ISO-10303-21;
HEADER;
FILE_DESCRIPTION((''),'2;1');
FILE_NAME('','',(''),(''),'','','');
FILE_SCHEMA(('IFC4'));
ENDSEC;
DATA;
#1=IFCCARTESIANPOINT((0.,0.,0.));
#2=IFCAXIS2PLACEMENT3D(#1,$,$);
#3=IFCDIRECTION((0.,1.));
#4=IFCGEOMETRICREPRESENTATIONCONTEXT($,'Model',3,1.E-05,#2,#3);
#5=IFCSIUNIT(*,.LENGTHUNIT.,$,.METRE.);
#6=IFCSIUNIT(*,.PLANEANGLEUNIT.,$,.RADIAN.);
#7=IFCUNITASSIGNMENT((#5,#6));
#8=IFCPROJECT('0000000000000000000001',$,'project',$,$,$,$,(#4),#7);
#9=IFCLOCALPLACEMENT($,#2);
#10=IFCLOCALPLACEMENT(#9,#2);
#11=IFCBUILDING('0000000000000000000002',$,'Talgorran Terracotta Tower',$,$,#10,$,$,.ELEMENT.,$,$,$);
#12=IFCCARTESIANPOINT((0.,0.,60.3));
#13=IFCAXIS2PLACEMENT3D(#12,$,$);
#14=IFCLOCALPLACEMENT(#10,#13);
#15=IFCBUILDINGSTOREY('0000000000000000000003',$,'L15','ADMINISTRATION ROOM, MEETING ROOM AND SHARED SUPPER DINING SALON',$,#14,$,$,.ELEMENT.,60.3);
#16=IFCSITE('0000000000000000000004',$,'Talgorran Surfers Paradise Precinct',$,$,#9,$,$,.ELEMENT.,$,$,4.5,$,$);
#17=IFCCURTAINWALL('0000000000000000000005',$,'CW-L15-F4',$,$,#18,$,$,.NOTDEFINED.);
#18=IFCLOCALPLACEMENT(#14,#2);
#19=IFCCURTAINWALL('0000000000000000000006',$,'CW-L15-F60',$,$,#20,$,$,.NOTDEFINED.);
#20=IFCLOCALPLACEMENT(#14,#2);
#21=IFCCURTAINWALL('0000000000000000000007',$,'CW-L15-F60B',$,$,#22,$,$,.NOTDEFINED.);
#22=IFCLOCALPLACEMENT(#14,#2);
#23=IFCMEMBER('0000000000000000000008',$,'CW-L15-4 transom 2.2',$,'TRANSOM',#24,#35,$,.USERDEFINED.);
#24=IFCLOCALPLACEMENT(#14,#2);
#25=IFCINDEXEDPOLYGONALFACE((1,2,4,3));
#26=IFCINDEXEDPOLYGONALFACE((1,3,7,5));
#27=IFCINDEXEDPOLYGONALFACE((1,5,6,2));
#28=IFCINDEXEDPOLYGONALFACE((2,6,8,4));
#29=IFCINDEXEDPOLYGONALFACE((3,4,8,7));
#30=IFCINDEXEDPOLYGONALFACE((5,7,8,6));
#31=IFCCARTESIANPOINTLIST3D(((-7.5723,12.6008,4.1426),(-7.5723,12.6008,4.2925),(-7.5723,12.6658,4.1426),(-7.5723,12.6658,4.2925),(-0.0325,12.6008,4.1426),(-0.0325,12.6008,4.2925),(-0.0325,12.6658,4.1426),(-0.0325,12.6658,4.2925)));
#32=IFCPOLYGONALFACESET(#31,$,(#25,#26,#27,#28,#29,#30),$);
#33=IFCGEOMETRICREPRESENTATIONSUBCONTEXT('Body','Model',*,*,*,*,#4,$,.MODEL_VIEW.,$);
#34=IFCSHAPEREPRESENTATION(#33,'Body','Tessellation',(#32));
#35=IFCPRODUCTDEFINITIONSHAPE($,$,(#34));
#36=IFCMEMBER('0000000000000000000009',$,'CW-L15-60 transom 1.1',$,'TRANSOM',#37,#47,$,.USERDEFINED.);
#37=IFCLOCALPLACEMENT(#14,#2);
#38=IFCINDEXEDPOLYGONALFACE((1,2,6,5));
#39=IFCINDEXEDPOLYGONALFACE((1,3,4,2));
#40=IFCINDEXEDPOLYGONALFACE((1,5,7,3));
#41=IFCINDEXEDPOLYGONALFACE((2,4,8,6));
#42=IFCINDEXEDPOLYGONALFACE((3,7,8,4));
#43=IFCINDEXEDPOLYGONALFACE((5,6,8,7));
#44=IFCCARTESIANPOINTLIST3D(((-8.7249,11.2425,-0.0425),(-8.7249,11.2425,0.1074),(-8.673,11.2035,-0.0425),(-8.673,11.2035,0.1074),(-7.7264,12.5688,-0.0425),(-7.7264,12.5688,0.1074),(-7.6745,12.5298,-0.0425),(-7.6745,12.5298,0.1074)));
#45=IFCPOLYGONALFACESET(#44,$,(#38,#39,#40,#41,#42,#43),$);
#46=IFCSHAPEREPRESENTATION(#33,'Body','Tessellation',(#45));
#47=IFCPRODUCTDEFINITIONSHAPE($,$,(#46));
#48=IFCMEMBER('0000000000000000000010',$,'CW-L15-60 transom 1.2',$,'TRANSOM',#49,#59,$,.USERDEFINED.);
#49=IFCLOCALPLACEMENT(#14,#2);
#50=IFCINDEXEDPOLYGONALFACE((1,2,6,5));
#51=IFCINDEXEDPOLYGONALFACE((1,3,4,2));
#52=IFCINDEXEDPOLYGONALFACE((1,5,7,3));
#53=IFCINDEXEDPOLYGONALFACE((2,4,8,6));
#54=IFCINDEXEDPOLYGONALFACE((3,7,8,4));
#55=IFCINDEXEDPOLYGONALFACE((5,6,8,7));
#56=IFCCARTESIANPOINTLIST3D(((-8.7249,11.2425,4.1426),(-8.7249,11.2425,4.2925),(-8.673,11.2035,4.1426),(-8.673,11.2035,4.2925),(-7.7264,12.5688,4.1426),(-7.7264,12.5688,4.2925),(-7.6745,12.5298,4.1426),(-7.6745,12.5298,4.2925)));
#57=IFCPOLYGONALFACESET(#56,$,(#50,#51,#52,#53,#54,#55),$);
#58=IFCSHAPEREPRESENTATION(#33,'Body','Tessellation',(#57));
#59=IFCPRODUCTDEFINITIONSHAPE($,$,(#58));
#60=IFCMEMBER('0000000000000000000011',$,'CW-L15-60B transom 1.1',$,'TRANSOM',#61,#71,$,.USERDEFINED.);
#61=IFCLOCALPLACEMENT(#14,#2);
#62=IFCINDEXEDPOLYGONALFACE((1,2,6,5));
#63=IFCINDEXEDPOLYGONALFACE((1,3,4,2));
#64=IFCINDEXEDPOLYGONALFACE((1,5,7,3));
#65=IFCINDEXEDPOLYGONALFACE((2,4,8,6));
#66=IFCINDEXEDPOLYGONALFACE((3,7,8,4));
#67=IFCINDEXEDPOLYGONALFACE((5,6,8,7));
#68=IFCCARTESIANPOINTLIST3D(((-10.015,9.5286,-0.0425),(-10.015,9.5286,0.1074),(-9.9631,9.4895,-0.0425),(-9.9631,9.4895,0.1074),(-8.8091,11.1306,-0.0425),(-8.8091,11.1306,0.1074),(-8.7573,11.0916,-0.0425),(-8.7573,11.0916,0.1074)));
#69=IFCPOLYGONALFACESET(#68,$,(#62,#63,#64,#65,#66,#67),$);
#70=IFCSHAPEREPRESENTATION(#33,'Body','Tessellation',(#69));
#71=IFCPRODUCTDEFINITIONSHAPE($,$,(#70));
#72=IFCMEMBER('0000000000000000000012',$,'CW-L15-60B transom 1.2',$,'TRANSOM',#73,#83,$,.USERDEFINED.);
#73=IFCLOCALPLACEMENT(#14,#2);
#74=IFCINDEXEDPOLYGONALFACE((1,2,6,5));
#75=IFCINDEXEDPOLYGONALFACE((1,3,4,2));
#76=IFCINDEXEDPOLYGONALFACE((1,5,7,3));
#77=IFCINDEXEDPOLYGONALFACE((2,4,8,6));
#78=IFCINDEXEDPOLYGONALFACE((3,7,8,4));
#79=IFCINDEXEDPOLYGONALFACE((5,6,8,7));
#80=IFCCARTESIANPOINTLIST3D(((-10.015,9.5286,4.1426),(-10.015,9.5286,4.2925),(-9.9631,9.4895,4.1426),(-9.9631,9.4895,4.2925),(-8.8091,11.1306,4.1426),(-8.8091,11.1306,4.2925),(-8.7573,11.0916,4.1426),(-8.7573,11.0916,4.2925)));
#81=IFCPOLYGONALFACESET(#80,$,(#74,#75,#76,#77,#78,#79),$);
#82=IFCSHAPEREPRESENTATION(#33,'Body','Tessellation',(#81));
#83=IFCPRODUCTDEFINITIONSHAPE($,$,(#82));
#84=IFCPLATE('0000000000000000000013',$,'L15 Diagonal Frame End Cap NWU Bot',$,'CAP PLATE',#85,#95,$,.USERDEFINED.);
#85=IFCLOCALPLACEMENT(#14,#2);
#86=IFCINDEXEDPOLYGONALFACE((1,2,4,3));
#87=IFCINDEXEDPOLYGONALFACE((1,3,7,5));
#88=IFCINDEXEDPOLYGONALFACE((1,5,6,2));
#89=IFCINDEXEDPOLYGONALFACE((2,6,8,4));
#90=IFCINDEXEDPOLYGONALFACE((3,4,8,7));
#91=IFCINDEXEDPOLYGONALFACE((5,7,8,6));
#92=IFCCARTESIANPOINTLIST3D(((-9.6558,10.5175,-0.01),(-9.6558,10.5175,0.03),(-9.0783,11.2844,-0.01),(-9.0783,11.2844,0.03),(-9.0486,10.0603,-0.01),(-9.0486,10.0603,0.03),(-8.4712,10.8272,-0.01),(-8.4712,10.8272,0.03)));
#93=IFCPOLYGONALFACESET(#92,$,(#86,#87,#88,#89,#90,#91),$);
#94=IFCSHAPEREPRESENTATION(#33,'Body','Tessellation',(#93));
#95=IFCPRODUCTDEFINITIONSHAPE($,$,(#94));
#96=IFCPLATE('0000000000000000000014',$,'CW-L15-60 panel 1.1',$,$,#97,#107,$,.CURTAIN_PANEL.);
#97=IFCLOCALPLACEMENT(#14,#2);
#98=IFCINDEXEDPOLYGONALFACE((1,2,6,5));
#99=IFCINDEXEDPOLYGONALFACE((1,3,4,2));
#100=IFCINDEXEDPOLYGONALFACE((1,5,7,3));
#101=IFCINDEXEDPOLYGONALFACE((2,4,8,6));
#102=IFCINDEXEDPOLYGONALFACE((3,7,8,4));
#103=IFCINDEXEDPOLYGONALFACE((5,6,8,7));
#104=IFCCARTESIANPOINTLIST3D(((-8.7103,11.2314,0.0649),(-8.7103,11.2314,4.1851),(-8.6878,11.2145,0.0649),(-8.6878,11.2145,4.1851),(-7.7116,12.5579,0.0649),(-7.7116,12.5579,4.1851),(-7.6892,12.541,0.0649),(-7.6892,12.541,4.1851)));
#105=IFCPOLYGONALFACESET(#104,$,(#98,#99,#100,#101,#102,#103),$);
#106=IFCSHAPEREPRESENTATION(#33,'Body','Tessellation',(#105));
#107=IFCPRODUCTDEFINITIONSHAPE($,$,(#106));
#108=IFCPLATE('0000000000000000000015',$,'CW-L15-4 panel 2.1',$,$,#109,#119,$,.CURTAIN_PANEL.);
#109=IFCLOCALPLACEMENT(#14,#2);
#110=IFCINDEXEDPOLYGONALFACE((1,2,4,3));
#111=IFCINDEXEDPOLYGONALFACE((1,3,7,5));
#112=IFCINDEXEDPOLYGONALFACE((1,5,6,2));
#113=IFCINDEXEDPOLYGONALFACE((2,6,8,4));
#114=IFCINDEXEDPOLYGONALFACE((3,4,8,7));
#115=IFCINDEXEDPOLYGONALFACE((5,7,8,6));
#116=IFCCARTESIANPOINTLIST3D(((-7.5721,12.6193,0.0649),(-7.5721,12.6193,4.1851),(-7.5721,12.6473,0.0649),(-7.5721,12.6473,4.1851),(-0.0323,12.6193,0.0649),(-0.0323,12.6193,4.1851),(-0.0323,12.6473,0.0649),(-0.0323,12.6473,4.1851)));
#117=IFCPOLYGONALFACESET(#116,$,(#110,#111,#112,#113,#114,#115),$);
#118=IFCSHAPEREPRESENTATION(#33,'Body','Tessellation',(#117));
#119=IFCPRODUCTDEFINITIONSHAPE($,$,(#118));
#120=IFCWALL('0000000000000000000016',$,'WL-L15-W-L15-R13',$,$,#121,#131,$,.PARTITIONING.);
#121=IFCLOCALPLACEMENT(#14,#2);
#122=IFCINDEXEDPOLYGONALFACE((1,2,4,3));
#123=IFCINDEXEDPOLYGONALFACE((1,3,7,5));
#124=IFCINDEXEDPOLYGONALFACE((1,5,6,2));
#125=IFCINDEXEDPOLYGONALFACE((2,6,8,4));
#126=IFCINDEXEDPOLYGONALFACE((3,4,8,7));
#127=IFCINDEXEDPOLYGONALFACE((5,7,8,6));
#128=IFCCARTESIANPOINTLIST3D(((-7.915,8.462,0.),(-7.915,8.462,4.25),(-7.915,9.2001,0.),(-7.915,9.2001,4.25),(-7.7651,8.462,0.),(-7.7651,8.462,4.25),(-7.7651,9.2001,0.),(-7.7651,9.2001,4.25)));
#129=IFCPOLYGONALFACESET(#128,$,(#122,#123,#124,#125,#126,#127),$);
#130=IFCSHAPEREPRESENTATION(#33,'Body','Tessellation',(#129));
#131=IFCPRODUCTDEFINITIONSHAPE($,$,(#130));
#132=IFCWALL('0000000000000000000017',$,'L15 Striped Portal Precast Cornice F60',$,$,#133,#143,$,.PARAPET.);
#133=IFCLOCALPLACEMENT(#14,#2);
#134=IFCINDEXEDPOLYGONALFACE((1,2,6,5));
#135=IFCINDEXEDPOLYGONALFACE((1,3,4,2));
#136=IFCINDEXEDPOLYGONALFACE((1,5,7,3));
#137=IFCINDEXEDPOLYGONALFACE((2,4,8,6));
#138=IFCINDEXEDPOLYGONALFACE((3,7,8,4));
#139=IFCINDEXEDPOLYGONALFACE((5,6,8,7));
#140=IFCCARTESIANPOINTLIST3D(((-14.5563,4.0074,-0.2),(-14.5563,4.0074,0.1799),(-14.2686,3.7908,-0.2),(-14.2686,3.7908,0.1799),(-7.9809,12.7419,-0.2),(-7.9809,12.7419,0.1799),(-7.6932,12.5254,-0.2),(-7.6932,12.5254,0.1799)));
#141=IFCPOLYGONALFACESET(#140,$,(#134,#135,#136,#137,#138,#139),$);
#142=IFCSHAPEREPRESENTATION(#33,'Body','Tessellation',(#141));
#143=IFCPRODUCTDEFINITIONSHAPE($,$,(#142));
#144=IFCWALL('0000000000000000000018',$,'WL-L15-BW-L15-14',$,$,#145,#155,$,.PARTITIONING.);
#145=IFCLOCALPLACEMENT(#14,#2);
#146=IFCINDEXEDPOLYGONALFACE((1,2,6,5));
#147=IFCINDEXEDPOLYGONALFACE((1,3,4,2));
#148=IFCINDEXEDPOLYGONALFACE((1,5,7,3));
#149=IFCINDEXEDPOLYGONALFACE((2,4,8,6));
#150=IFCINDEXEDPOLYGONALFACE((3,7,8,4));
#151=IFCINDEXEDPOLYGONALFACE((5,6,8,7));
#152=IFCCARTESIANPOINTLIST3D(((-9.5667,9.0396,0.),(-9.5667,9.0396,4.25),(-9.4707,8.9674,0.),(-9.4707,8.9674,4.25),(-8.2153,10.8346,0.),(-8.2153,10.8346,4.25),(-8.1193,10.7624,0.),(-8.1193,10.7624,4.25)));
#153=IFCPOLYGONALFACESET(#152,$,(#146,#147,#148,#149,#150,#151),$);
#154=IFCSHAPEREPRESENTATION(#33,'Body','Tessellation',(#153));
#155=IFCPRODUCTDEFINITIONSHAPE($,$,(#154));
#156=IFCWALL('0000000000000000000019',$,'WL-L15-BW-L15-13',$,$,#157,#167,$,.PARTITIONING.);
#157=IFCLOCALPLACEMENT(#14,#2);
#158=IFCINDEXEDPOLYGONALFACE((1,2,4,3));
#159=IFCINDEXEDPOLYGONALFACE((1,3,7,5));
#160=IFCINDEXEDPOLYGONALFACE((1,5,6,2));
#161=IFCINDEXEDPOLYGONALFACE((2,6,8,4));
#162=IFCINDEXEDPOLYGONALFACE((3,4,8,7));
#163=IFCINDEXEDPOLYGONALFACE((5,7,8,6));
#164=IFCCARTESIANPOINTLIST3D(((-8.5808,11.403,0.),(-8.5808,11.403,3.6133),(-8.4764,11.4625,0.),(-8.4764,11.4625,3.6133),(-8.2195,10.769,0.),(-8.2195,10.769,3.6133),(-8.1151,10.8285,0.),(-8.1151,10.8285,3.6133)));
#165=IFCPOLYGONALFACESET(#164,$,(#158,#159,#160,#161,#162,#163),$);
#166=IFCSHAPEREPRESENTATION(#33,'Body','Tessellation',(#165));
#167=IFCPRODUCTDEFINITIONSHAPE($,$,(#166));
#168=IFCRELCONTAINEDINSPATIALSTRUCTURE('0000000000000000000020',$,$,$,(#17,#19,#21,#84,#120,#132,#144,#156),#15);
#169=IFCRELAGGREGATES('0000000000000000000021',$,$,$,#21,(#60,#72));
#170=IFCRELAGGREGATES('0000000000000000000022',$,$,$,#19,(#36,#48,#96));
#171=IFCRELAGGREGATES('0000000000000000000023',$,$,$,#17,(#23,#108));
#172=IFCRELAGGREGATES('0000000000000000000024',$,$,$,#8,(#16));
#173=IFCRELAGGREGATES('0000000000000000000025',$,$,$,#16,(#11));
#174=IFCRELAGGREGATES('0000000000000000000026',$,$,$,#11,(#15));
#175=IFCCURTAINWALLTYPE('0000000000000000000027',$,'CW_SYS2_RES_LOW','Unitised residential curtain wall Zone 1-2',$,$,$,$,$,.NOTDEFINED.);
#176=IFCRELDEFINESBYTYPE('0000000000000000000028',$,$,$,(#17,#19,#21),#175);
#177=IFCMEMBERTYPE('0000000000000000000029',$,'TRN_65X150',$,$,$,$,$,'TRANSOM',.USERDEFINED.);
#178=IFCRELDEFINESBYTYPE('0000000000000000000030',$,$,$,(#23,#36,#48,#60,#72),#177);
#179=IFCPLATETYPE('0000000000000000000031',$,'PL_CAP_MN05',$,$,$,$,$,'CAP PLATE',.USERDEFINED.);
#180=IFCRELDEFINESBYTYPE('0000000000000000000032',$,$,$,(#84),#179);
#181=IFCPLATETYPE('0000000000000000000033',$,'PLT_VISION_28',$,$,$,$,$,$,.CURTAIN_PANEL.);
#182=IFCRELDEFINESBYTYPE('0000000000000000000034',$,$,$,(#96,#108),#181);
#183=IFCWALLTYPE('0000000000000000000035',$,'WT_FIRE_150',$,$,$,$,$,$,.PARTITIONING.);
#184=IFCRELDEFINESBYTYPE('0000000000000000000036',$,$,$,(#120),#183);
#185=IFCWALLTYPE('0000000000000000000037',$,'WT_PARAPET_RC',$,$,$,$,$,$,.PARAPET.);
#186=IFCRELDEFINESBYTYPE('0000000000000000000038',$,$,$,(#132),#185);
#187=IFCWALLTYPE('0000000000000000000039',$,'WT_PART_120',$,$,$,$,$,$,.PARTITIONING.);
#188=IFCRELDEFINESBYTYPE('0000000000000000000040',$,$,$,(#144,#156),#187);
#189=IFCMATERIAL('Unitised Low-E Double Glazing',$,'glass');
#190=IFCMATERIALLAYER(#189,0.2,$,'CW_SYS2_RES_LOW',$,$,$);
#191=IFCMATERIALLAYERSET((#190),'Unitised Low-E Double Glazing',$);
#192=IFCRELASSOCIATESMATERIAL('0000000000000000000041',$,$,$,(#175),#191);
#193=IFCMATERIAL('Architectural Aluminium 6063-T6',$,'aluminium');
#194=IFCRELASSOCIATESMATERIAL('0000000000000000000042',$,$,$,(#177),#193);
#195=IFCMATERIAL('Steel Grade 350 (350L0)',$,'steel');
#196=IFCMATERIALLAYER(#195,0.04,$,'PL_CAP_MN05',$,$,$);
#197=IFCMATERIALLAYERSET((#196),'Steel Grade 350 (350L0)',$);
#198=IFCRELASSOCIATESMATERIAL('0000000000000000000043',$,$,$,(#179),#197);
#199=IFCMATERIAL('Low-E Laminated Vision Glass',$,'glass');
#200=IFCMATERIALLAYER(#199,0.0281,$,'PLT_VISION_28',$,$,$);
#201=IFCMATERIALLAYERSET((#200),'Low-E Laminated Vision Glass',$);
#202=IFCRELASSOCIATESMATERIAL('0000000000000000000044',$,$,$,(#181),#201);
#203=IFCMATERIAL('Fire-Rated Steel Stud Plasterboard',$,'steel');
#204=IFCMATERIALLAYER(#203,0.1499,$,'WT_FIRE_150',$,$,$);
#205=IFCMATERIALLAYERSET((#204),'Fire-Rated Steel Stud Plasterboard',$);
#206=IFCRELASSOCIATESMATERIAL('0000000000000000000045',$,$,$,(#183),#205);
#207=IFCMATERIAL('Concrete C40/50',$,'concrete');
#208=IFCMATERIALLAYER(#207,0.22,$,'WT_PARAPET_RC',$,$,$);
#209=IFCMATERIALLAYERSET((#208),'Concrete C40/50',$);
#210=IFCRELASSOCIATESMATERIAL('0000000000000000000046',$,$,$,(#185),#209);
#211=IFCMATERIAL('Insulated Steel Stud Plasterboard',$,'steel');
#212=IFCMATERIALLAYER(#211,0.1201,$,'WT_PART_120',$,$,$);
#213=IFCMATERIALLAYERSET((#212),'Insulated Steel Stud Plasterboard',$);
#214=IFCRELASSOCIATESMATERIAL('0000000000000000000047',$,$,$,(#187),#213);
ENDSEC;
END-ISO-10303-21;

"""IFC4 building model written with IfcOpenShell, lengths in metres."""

from ifc_helpers import new_model, si_unit, direction, frame, frame_2d, origin, origin_2d, place, context, subcontext, project, spatial, rectangle, extrude, source, transform, mapped, material, layer, layer_set, material_profile, profile_set, type_object, type_shapes, element, aggregate, save


model = new_model("IFC4")

# Units and contexts
model_context = context("Model", 3, precision=1e-05, world=origin(), true_north=direction((0.0, 1.0)))
body_context = subcontext(model_context, "Body", "Model", "MODEL_VIEW")
ifc_project = project(units=[si_unit("LENGTHUNIT", "METRE"), si_unit("PLANEANGLEUNIT", "RADIAN")], contexts=[model_context])

# Site, building, storey
site_placement = place(None, origin())
site = spatial("IfcSite", under=ifc_project, at=site_placement, Name="Talgorran Surfers Paradise Precinct", CompositionType="ELEMENT", RefElevation=4.5)
building_placement = place(site_placement, origin())
building = spatial("IfcBuilding", under=site, at=building_placement, Name="Talgorran Terracotta Tower", CompositionType="ELEMENT")
storey_placement = place(building_placement, frame((0.0, 0.0, 60.3)))
storey = spatial("IfcBuildingStorey", under=building, at=storey_placement, Name="L15", Description="ADMINISTRATION ROOM, MEETING ROOM AND SHARED SUPPER DINING SALON", CompositionType="ELEMENT", Elevation=60.3)

# Shared definitions
ifc_material_1 = material(Name="Steel Grade 350 (350L0)", Category="steel")

# Curtain wall
ifc_material_2 = material(Name="Unitised Low-E Double Glazing", Category="glass")
ifc_layer_1 = layer(ifc_material_2, 0.2, Name="CW_SYS2_RES_LOW")
ifc_layer_set_1 = layer_set([ifc_layer_1], Name="Unitised Low-E Double Glazing")
curtain_wall_type = type_object("IfcCurtainWallType", Name="CW_SYS2_RES_LOW", Description="Unitised residential curtain wall Zone 1-2", PredefinedType="NOTDEFINED", material=ifc_layer_set_1)
curtain_wall_1_placement = place(storey_placement, origin())
curtain_wall_1 = element("IfcCurtainWall", 1, at=curtain_wall_1_placement, inside=storey, type_object=curtain_wall_type, Name="CW-L15-F4", PredefinedType="NOTDEFINED")
ifc_material_3 = material(Name="Architectural Aluminium 6063-T6", Category="aluminium")

# Curtain wall
curtain_wall_2_placement = place(storey_placement, origin())
curtain_wall_2 = element("IfcCurtainWall", 2, at=curtain_wall_2_placement, inside=storey, type_object=curtain_wall_type, Name="CW-L15-F60", PredefinedType="NOTDEFINED")

# Curtain wall
curtain_wall_3_placement = place(storey_placement, origin())
curtain_wall_3 = element("IfcCurtainWall", 3, at=curtain_wall_3_placement, inside=storey, type_object=curtain_wall_type, Name="CW-L15-F60B", PredefinedType="NOTDEFINED")

# Members
ifc_material_profile_1 = material_profile(ifc_material_3, rectangle(XDim=0.0649, YDim=0.1499, at=origin_2d()), Name="CWT65X150")
ifc_profile_set_1 = profile_set([ifc_material_profile_1], Name="Architectural Aluminium 6063-T6")
member_type_1 = type_object("IfcMemberType", Name="TRN_65X150", ElementType="TRANSOM", PredefinedType="USERDEFINED", material=ifc_profile_set_1)
member_1_placement = place(storey_placement, frame((-0.0325, 12.6333, 4.2175), z_axis=(-1.0, 0.0, 0.0), x_axis=(0.0, -1.0, 0.0)))
member_1 = element("IfcMember", 4, at=member_1_placement, type_object=member_type_1, Name="CW-L15-4 transom 2.2", ObjectType="TRANSOM", PredefinedType="USERDEFINED", context=body_context, shape_type="SweptSolid", body=[
    extrude(rectangle(XDim=0.0649, YDim=0.1499, at=origin_2d()), origin(), (0.0, 0.0, 1.0), 7.5398),
])
member_2_placement = place(storey_placement, frame((-7.7004, 12.5493, 0.0325), z_axis=(-0.601434, -0.798922, 0.0), x_axis=(0.798922, -0.601434, 0.0)))
member_2 = element("IfcMember", 5, at=member_2_placement, type_object=member_type_1, Name="CW-L15-60 transom 1.1", ObjectType="TRANSOM", PredefinedType="USERDEFINED", context=body_context, shape_type="SweptSolid", body=[
    extrude(rectangle(XDim=0.0649, YDim=0.1499, at=origin_2d()), origin(), (0.0, 0.0, 1.0), 1.6602),
])
member_3_placement = place(storey_placement, frame((-7.7004, 12.5493, 4.2175), z_axis=(-0.601434, -0.798922, 0.0), x_axis=(0.798922, -0.601434, 0.0)))
member_3 = element("IfcMember", 6, at=member_3_placement, type_object=member_type_1, Name="CW-L15-60 transom 1.2", ObjectType="TRANSOM", PredefinedType="USERDEFINED", context=body_context, shape_type="SweptSolid", body=[
    extrude(rectangle(XDim=0.0649, YDim=0.1499, at=origin_2d()), origin(), (0.0, 0.0, 1.0), 1.6602),
])
member_4_placement = place(storey_placement, frame((-8.7832, 11.1111, 0.0325), z_axis=(-0.601363, -0.798976, 0.0), x_axis=(0.798976, -0.601363, 0.0)))
member_4 = element("IfcMember", 7, at=member_4_placement, type_object=member_type_1, Name="CW-L15-60B transom 1.1", ObjectType="TRANSOM", PredefinedType="USERDEFINED", context=body_context, shape_type="SweptSolid", body=[
    extrude(rectangle(XDim=0.0649, YDim=0.1499, at=origin_2d()), origin(), (0.0, 0.0, 1.0), 2.0051),
])
member_5_placement = place(storey_placement, frame((-8.7832, 11.1111, 4.2175), z_axis=(-0.601363, -0.798976, 0.0), x_axis=(0.798976, -0.601363, 0.0)))
member_5 = element("IfcMember", 8, at=member_5_placement, type_object=member_type_1, Name="CW-L15-60B transom 1.2", ObjectType="TRANSOM", PredefinedType="USERDEFINED", context=body_context, shape_type="SweptSolid", body=[
    extrude(rectangle(XDim=0.0649, YDim=0.1499, at=origin_2d()), origin(), (0.0, 0.0, 1.0), 2.0051),
])
aggregate(curtain_wall_3, [member_4, member_5])

# Plates
ifc_layer_2 = layer(ifc_material_1, 0.04, Name="PL_CAP_MN05")
ifc_layer_set_2 = layer_set([ifc_layer_2], Name="Steel Grade 350 (350L0)")
plate_type_1 = type_object("IfcPlateType", Name="PL_CAP_MN05", ElementType="CAP PLATE", PredefinedType="USERDEFINED", material=ifc_layer_set_2)
plate_1_placement = place(storey_placement, frame((-9.0635, 10.6724, -0.01), z_axis=(0.0, 0.0, 1.0), x_axis=(-0.601536, -0.798846, 0.0)))
element("IfcPlate", 9, at=plate_1_placement, inside=storey, type_object=plate_type_1, Name="L15 Diagonal Frame End Cap NWU Bot", ObjectType="CAP PLATE", PredefinedType="USERDEFINED", context=body_context, shape_type="SweptSolid", body=[
    extrude(rectangle(XDim=0.96, YDim=0.76, at=origin_2d()), origin(), (0.0, 0.0, 1.0), 0.04),
])
ifc_material_4 = material(Name="Low-E Laminated Vision Glass", Category="glass")
ifc_layer_3 = layer(ifc_material_4, 0.0281, Name="PLT_VISION_28")
ifc_layer_set_3 = layer_set([ifc_layer_3], Name="Low-E Laminated Vision Glass")
plate_type_2 = type_object("IfcPlateType", Name="PLT_VISION_28", PredefinedType="CURTAIN_PANEL", material=ifc_layer_set_3)
shared_shape_1 = source(origin(), body_context, "Body", "SweptSolid", [
    extrude(rectangle(XDim=1.6604, YDim=0.0281, at=origin_2d()), origin(), (0.0, 0.0, 1.0), 4.1201),
])
plate_2_placement = place(storey_placement, frame((-8.1997, 11.8862, 0.0649), z_axis=(0.0, 0.0, 1.0), x_axis=(-0.601456, -0.798906, 0.0)))
plate_2 = element("IfcPlate", 10, at=plate_2_placement, type_object=plate_type_2, Name="CW-L15-60 panel 1.1", PredefinedType="CURTAIN_PANEL", context=body_context, shape_type="MappedRepresentation", body=[
    mapped(shared_shape_1, transform((0.0, 0.0, 0.0), scale=1.0)),
])
aggregate(curtain_wall_2, [member_2, member_3, plate_2])
shared_shape_2 = source(origin(), body_context, "Body", "SweptSolid", [
    extrude(rectangle(XDim=7.5398, YDim=0.0281, at=origin_2d()), origin(), (0.0, 0.0, 1.0), 4.1201),
])
type_shapes(plate_type_2, [shared_shape_1, shared_shape_2])
plate_3_placement = place(storey_placement, frame((-3.8022, 12.6333, 0.0649), z_axis=(0.0, 0.0, 1.0), x_axis=(-1.0, 0.0, 0.0)))
plate_3 = element("IfcPlate", 11, at=plate_3_placement, type_object=plate_type_2, Name="CW-L15-4 panel 2.1", PredefinedType="CURTAIN_PANEL", context=body_context, shape_type="MappedRepresentation", body=[
    mapped(shared_shape_2, transform((0.0, 0.0, 0.0), scale=1.0)),
])
aggregate(curtain_wall_1, [member_1, plate_3])

# Walls
ifc_material_5 = material(Name="Fire-Rated Steel Stud Plasterboard", Category="steel")
ifc_layer_4 = layer(ifc_material_5, 0.1499, Name="WT_FIRE_150")
ifc_layer_set_4 = layer_set([ifc_layer_4], Name="Fire-Rated Steel Stud Plasterboard")
wall_type_1 = type_object("IfcWallType", Name="WT_FIRE_150", PredefinedType="PARTITIONING", material=ifc_layer_set_4)
wall_1_placement = place(storey_placement, frame((-7.8401, 8.4619, 0.0), z_axis=(0.0, 0.0, 1.0), x_axis=(0.0, 1.0, 0.0)))
element("IfcWall", 12, at=wall_1_placement, inside=storey, type_object=wall_type_1, Name="WL-L15-W-L15-R13", PredefinedType="PARTITIONING", context=body_context, shape_type="SweptSolid", body=[
    extrude(rectangle(XDim=0.738, YDim=0.1499, at=frame_2d((0.3691, 0.0))), origin(), (0.0, 0.0, 1.0), 4.25),
])
ifc_material_6 = material(Name="Concrete C40/50", Category="concrete")
ifc_layer_5 = layer(ifc_material_6, 0.22, Name="WT_PARAPET_RC")
ifc_layer_set_5 = layer_set([ifc_layer_5], Name="Concrete C40/50")
wall_type_2 = type_object("IfcWallType", Name="WT_PARAPET_RC", PredefinedType="PARAPET", material=ifc_layer_set_5)
wall_2_placement = place(storey_placement, frame((-7.8372, 12.6335, -0.2), z_axis=(0.0, 0.0, 1.0), x_axis=(-0.601432, -0.798924, 0.0)))
element("IfcWall", 13, at=wall_2_placement, inside=storey, type_object=wall_type_2, Name="L15 Striped Portal Precast Cornice F60", PredefinedType="PARAPET", context=body_context, shape_type="SweptSolid", body=[
    extrude(rectangle(XDim=10.9329, YDim=0.3601, at=frame_2d((5.4663, 0.0))), origin(), (0.0, 0.0, 1.0), 0.3799),
])
ifc_material_7 = material(Name="Insulated Steel Stud Plasterboard", Category="steel")
ifc_layer_6 = layer(ifc_material_7, 0.1201, Name="WT_PART_120")
ifc_layer_set_6 = layer_set([ifc_layer_6], Name="Insulated Steel Stud Plasterboard")
wall_type_3 = type_object("IfcWallType", Name="WT_PART_120", PredefinedType="PARTITIONING", material=ifc_layer_set_6)
wall_3_placement = place(storey_placement, frame((-8.1672, 10.7986, 0.0), z_axis=(0.0, 0.0, 1.0), x_axis=(-0.601459, -0.798903, 0.0)))
element("IfcWall", 14, at=wall_3_placement, inside=storey, type_object=wall_type_3, Name="WL-L15-BW-L15-14", PredefinedType="PARTITIONING", context=body_context, shape_type="SweptSolid", body=[
    extrude(rectangle(XDim=2.2468, YDim=0.1201, at=frame_2d((1.1235, 0.0))), origin(), (0.0, 0.0, 1.0), 4.25),
])
wall_4_placement = place(storey_placement, frame((-8.5286, 11.4326, 0.0), z_axis=(0.0, 0.0, 1.0), x_axis=(0.49513, -0.868819, 0.0)))
element("IfcWall", 15, at=wall_4_placement, inside=storey, type_object=wall_type_3, Name="WL-L15-BW-L15-13", PredefinedType="PARTITIONING", context=body_context, shape_type="SweptSolid", body=[
    extrude(rectangle(XDim=0.7297, YDim=0.1201, at=frame_2d((0.3647, 0.0))), origin(), (0.0, 0.0, 1.0), 3.6133),
])

save(model, "model.ifc")
